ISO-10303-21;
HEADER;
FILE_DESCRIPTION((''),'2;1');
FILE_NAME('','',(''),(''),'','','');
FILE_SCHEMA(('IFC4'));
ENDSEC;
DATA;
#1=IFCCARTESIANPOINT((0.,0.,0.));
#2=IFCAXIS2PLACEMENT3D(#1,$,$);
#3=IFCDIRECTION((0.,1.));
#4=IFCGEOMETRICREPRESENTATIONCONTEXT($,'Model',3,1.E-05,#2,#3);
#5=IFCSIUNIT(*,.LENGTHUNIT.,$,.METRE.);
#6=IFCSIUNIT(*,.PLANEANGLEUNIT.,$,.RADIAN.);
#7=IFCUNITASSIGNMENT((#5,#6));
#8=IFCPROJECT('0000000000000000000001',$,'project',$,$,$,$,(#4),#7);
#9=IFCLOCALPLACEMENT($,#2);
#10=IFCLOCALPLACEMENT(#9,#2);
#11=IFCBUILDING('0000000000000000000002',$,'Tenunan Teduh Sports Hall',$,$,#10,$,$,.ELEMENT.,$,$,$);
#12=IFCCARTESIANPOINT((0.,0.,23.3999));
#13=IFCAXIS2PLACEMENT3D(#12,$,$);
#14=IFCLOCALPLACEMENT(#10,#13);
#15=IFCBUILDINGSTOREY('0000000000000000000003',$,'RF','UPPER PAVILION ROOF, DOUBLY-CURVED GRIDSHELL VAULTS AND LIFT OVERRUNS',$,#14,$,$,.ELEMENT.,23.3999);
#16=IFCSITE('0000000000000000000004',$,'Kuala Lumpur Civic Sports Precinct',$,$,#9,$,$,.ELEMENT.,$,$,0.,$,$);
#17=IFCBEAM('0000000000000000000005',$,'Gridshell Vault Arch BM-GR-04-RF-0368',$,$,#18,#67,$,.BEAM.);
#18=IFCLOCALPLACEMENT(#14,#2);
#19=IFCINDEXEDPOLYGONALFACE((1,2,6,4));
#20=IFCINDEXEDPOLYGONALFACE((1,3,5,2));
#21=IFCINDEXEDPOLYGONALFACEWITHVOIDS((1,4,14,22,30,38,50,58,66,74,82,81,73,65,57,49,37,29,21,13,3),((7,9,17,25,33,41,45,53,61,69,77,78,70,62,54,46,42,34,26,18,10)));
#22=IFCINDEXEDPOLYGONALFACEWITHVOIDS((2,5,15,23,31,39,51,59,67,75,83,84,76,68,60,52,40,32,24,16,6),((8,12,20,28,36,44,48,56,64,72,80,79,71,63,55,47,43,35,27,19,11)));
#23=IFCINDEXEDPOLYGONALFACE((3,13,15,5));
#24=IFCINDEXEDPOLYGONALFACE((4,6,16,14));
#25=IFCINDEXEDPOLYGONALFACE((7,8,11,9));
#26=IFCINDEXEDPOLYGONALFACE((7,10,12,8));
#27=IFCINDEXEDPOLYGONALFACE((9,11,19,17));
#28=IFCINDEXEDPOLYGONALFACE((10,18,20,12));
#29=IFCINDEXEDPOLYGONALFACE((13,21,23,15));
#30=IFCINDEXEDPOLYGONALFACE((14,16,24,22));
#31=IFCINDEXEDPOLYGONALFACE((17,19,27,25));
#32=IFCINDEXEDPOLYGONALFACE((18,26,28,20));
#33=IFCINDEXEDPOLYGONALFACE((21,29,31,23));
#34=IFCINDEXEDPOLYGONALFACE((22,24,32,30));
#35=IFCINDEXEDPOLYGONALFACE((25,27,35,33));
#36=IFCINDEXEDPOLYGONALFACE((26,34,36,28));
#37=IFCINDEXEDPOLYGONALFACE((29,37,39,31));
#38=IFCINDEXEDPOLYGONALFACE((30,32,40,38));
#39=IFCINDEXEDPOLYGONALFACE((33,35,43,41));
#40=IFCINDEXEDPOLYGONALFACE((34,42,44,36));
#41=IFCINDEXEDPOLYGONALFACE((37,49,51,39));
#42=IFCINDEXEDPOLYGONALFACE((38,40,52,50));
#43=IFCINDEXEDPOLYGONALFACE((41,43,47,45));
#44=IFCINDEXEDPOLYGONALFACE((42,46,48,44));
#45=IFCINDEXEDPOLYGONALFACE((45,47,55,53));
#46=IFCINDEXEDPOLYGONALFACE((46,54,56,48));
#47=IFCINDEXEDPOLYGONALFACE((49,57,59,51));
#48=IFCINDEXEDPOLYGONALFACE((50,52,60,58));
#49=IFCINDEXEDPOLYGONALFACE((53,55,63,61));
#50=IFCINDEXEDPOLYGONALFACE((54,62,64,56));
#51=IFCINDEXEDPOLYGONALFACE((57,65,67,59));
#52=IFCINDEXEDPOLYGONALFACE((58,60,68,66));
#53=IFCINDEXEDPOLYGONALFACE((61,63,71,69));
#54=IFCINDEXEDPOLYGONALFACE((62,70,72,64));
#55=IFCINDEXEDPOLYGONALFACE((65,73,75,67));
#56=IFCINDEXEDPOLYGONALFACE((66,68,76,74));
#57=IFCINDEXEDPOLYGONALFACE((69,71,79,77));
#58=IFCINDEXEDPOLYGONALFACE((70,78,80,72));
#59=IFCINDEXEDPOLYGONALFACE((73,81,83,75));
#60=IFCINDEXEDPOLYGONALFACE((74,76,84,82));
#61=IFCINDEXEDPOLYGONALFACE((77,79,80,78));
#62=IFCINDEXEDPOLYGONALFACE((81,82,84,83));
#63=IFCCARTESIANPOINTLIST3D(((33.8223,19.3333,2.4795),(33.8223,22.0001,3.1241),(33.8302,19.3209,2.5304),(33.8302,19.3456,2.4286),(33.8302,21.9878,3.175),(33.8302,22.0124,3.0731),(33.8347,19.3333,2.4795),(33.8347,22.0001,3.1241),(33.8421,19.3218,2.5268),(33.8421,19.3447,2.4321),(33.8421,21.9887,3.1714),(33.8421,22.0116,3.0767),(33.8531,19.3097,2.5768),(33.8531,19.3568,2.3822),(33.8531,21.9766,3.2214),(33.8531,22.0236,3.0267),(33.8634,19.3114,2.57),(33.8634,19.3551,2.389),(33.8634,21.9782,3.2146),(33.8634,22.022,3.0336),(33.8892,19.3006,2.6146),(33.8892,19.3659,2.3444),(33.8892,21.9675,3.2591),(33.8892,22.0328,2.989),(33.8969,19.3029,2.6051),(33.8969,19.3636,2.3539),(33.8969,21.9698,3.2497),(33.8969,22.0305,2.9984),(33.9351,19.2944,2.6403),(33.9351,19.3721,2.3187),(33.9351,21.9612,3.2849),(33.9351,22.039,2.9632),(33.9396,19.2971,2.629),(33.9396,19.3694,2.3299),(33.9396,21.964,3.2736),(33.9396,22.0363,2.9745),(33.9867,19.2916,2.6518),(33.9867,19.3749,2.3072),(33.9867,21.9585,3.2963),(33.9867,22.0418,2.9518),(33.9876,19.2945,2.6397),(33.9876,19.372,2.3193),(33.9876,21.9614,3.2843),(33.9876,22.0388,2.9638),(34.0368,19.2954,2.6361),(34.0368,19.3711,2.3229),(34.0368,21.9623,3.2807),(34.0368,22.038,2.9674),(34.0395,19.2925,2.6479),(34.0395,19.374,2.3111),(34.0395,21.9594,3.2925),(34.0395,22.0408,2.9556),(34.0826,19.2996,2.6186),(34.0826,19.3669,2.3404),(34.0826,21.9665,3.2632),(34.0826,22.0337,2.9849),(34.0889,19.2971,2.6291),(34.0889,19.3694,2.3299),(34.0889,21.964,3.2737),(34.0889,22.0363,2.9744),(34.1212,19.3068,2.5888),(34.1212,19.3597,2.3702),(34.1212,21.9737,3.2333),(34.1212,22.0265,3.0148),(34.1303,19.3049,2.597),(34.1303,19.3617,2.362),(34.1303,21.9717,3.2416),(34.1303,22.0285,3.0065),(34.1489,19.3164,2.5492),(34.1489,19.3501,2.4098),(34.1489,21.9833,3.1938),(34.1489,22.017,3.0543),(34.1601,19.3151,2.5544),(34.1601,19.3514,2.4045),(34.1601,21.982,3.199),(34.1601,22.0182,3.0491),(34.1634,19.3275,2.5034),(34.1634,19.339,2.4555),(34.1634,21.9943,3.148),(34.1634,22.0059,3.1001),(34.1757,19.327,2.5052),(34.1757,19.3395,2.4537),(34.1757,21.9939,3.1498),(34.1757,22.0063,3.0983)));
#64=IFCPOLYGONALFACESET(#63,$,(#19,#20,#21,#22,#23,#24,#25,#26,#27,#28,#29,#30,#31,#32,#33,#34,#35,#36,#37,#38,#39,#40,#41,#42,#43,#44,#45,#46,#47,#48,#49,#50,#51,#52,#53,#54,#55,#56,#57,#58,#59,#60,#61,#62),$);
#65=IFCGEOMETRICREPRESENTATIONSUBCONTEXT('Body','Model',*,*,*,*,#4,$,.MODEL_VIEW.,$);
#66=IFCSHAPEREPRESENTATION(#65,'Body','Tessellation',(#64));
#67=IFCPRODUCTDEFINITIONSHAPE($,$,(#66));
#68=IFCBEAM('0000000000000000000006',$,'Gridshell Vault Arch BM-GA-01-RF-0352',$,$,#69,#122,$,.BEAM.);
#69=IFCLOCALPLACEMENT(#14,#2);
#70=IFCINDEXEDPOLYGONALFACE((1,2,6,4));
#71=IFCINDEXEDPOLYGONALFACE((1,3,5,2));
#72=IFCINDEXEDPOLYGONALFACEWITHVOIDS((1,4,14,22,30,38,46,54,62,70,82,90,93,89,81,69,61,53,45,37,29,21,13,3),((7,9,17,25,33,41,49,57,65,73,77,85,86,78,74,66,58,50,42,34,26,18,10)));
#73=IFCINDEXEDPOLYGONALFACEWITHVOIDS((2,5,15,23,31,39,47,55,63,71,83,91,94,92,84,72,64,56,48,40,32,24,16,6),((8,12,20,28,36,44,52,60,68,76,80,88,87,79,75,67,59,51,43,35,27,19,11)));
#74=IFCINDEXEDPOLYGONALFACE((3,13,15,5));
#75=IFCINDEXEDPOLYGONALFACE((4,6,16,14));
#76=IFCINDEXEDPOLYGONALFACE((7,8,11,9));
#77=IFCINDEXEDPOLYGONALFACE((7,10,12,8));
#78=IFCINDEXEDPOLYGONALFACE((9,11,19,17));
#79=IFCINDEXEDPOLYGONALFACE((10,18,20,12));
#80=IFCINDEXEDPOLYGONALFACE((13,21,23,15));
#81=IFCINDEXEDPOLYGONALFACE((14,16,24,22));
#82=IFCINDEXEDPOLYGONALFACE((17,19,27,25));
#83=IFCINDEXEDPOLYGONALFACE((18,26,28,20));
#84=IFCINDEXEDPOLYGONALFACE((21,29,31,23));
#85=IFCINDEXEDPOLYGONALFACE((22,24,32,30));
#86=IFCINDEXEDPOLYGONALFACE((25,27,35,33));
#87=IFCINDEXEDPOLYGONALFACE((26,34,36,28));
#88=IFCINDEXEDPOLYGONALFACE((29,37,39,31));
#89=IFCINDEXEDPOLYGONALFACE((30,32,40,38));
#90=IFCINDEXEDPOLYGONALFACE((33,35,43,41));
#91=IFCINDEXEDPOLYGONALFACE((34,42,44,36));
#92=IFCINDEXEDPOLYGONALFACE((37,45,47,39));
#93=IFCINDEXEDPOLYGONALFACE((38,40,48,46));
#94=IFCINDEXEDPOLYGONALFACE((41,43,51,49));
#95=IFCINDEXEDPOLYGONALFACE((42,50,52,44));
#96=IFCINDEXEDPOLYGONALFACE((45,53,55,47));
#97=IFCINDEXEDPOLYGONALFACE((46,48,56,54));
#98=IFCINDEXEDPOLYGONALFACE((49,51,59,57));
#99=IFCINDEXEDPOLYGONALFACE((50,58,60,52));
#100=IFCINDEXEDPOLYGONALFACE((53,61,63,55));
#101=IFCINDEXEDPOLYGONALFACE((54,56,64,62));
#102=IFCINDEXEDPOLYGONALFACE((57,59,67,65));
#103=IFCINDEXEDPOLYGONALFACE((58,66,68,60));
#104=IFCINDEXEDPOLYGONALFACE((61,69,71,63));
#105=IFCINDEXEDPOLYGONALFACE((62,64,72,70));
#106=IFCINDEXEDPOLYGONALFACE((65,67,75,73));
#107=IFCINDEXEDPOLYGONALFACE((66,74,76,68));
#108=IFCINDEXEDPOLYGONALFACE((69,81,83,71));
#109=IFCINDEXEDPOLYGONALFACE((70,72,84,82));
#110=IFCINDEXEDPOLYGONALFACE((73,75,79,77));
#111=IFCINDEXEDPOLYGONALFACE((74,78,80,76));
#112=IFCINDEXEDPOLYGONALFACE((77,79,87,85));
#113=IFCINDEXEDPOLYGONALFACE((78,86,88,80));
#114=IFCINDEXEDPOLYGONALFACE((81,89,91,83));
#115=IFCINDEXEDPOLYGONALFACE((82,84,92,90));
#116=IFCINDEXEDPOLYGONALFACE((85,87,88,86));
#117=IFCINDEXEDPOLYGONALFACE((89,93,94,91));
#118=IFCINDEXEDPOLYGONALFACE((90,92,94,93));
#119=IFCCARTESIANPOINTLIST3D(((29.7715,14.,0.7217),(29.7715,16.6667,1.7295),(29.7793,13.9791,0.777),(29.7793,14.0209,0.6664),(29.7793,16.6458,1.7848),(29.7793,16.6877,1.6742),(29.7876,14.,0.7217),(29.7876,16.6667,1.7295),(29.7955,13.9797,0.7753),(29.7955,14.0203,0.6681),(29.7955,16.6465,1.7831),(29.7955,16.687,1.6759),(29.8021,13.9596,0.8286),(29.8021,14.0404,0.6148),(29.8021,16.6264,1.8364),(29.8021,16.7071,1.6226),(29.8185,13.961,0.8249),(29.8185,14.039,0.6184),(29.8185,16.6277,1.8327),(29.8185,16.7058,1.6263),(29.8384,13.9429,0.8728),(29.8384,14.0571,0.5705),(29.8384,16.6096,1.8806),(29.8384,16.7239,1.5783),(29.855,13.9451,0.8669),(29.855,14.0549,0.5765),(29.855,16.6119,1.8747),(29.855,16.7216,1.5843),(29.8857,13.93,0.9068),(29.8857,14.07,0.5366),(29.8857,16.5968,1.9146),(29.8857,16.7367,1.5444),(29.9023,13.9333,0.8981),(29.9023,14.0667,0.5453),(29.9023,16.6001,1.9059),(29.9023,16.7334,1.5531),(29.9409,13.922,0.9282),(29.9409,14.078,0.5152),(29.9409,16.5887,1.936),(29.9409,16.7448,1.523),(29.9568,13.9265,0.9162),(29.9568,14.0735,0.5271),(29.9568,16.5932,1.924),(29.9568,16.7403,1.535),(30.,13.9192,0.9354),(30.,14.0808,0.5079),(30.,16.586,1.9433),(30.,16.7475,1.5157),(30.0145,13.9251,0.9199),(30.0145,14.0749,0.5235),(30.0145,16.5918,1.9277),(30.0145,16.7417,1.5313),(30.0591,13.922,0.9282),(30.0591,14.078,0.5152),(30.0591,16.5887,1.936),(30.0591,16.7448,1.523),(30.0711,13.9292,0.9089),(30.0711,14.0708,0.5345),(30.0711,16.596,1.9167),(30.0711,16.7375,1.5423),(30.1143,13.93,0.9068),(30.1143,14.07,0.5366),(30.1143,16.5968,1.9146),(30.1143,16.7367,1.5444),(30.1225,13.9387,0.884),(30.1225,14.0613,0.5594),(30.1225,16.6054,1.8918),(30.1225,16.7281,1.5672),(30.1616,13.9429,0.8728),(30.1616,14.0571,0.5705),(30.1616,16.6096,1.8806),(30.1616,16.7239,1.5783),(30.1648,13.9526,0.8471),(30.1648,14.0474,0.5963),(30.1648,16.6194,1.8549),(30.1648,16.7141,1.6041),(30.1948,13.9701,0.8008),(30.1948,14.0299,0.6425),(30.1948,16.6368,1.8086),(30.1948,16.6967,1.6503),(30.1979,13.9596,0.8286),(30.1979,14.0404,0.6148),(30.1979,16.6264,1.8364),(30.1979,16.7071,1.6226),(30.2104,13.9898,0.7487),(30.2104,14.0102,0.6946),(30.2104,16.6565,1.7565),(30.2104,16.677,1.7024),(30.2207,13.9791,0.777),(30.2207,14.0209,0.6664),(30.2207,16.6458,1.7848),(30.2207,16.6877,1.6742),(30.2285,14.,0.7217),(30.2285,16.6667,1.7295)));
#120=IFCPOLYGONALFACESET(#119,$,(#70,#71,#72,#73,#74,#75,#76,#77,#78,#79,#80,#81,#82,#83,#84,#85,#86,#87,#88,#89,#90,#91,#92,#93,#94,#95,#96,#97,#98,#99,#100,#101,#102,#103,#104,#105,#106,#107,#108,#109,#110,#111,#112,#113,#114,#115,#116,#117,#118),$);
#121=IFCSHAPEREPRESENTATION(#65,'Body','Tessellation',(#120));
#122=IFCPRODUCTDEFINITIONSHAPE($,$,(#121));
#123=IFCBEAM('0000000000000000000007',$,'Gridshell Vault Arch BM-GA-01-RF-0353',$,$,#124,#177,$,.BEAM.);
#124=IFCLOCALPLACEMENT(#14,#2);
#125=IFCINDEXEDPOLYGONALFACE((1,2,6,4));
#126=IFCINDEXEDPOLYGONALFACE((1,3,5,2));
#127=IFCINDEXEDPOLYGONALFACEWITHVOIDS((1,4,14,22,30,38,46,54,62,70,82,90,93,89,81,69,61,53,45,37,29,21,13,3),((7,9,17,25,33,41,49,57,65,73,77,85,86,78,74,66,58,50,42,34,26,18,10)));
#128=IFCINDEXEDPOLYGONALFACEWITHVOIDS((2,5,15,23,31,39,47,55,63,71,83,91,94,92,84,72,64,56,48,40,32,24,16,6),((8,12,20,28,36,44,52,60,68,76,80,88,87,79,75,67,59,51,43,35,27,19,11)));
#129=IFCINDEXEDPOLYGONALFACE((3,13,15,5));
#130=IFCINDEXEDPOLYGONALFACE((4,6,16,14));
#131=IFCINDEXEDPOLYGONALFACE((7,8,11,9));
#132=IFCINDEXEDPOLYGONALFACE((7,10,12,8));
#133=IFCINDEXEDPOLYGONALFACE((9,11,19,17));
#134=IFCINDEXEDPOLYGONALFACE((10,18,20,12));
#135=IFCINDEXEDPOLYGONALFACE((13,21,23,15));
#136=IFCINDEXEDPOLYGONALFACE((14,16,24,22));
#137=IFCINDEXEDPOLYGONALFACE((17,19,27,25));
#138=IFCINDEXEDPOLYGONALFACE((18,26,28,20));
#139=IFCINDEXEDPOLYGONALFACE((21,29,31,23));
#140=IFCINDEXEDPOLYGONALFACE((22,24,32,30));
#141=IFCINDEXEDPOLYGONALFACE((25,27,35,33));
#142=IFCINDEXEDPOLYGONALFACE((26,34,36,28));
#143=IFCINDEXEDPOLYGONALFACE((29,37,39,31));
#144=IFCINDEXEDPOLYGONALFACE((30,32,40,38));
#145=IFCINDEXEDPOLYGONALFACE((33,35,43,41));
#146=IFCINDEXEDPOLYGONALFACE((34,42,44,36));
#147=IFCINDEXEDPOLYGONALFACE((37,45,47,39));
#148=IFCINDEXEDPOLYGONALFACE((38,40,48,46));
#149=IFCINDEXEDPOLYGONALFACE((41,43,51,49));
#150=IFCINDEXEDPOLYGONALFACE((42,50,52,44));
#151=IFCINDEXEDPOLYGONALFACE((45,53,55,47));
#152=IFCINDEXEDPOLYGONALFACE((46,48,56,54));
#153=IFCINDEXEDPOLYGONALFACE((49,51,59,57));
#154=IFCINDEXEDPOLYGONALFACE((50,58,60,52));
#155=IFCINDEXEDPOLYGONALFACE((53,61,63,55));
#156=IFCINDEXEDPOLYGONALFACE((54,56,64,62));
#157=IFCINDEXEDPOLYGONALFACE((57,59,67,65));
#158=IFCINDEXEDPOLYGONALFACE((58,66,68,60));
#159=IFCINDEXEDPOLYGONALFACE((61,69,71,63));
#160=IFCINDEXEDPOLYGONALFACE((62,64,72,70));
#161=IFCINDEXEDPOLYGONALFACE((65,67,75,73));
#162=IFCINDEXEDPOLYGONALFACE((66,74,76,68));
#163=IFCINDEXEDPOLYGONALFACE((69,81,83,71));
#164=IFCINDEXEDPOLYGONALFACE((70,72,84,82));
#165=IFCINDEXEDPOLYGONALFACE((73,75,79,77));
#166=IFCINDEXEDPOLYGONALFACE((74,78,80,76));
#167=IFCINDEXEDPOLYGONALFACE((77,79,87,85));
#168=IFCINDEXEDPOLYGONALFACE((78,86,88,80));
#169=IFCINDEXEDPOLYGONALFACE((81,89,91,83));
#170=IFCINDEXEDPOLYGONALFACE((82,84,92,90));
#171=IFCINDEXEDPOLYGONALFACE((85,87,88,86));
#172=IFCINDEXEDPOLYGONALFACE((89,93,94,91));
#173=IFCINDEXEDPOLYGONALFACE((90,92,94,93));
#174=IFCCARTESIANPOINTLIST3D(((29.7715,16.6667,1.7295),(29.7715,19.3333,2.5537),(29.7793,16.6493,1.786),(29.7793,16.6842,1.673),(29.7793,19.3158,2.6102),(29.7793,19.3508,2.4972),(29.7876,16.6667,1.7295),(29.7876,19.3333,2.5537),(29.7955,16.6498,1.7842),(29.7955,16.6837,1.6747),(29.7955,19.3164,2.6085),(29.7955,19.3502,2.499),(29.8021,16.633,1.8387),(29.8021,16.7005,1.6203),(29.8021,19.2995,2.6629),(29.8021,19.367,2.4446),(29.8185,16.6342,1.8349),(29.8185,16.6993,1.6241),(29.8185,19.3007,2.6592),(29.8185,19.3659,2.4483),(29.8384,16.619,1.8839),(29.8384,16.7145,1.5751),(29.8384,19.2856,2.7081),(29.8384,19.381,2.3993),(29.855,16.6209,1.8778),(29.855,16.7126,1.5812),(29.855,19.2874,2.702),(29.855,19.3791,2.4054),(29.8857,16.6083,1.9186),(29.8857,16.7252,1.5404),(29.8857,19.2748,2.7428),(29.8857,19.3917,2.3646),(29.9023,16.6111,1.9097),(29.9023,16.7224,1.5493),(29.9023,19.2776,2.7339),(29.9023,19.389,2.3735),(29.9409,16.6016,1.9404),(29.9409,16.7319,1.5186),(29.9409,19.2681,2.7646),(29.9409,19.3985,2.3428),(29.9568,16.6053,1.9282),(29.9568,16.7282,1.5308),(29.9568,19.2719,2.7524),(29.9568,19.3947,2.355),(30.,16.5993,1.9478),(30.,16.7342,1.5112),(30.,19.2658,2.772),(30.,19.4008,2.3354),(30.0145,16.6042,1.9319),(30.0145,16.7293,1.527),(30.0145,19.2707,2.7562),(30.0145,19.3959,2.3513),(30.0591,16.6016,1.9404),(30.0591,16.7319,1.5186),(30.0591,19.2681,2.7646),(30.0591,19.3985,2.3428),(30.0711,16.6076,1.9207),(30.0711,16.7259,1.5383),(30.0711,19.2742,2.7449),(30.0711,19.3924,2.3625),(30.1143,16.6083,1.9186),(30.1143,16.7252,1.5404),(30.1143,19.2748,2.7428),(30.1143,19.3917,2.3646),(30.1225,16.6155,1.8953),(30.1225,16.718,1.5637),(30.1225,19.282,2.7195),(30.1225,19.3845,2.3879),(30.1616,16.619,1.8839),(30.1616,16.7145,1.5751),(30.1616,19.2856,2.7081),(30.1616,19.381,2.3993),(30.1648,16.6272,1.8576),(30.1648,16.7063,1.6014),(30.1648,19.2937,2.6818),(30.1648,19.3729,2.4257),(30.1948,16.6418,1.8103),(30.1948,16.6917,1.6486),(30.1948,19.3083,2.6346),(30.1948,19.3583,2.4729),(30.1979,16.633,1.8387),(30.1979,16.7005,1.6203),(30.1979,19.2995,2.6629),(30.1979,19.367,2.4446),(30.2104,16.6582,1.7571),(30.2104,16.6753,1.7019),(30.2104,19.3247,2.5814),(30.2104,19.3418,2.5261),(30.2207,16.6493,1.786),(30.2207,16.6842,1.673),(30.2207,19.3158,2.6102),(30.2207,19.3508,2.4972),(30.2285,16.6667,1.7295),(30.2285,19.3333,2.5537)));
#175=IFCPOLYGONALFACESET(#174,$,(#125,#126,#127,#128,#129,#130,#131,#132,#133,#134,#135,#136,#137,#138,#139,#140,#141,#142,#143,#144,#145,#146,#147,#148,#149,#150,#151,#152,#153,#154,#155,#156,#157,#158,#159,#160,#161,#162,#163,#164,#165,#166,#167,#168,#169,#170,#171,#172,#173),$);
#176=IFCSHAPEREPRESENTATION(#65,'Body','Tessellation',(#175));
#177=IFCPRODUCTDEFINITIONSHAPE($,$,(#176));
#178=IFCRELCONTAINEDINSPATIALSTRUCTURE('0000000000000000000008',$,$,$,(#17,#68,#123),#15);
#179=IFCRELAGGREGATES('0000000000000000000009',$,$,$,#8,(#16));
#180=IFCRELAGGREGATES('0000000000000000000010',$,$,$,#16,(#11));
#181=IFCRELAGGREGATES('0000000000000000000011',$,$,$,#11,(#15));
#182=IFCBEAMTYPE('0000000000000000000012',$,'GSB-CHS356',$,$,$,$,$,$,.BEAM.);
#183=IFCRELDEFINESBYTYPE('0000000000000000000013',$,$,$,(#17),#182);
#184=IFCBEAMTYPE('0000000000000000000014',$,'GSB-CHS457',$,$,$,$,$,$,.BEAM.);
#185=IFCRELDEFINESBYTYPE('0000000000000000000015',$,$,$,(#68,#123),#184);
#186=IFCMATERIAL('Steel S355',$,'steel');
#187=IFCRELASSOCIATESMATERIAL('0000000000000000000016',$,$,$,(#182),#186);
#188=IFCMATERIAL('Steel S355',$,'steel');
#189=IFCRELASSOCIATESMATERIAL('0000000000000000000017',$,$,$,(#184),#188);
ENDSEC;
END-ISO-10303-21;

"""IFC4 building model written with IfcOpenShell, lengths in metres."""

from ifc_helpers import new_model, si_unit, direction, frame, origin, origin_2d, place, context, subcontext, project, spatial, hollow_circle, extrude, material, material_profile, profile_set, type_object, element, save


model = new_model("IFC4")

# Units and contexts
model_context = context("Model", 3, precision=1e-05, world=origin(), true_north=direction((0.0, 1.0)))
body_context = subcontext(model_context, "Body", "Model", "MODEL_VIEW")
ifc_project = project(units=[si_unit("LENGTHUNIT", "METRE"), si_unit("PLANEANGLEUNIT", "RADIAN")], contexts=[model_context])

# Site, building, storey
site_placement = place(None, origin())
site = spatial("IfcSite", under=ifc_project, at=site_placement, Name="Kuala Lumpur Civic Sports Precinct", CompositionType="ELEMENT", RefElevation=0.0)
building_placement = place(site_placement, origin())
building = spatial("IfcBuilding", under=site, at=building_placement, Name="Tenunan Teduh Sports Hall", CompositionType="ELEMENT")
storey_placement = place(building_placement, frame((0.0, 0.0, 23.3999)))
storey = spatial("IfcBuildingStorey", under=building, at=storey_placement, Name="RF", Description="UPPER PAVILION ROOF, DOUBLY-CURVED GRIDSHELL VAULTS AND LIFT OVERRUNS", CompositionType="ELEMENT", Elevation=23.3999)

# Beams
ifc_material_1 = material(Name="Steel S355", Category="steel")
ifc_material_profile_1 = material_profile(ifc_material_1, hollow_circle(Radius=0.1777, WallThickness=0.0125, at=origin_2d()), Name="CHS 355.6x12.5")
ifc_profile_set_1 = profile_set([ifc_material_profile_1], Name="Steel S355")
beam_type_1 = type_object("IfcBeamType", Name="GSB-CHS356", PredefinedType="BEAM", material=ifc_profile_set_1)
beam_1_placement = place(storey_placement, frame((34.0, 19.3333, 2.4795), z_axis=(0.0, 0.972013, 0.234928), x_axis=(-1.0, 0.0, 0.0)))
element("IfcBeam", 1, at=beam_1_placement, inside=storey, type_object=beam_type_1, Name="Gridshell Vault Arch BM-GR-04-RF-0368", PredefinedType="BEAM", context=body_context, shape_type="SweptSolid", body=[
    extrude(hollow_circle(Radius=0.1777, WallThickness=0.0125, at=origin_2d()), origin(), (0.0, 0.0, 1.0), 2.7437),
])
ifc_material_2 = material(Name="Steel S355", Category="steel")
ifc_material_profile_2 = material_profile(ifc_material_2, hollow_circle(Radius=0.2285, WallThickness=0.0161, at=origin_2d()), Name="CHS 457.0x16.0")
ifc_profile_set_2 = profile_set([ifc_material_profile_2], Name="Steel S355")
beam_type_2 = type_object("IfcBeamType", Name="GSB-CHS457", PredefinedType="BEAM", material=ifc_profile_set_2)
beam_2_placement = place(storey_placement, frame((30.0, 14.0, 0.7217), z_axis=(0.0, 0.935429, 0.353515), x_axis=(-1.0, 0.0, 0.0)))
element("IfcBeam", 2, at=beam_2_placement, inside=storey, type_object=beam_type_2, Name="Gridshell Vault Arch BM-GA-01-RF-0352", PredefinedType="BEAM", context=body_context, shape_type="SweptSolid", body=[
    extrude(hollow_circle(Radius=0.2285, WallThickness=0.0161, at=origin_2d()), origin(), (0.0, 0.0, 1.0), 2.8508),
])
beam_3_placement = place(storey_placement, frame((30.0, 16.6667, 1.7295), z_axis=(0.0, 0.9554, 0.295315), x_axis=(-1.0, 0.0, 0.0)))
element("IfcBeam", 3, at=beam_3_placement, inside=storey, type_object=beam_type_2, Name="Gridshell Vault Arch BM-GA-01-RF-0353", PredefinedType="BEAM", context=body_context, shape_type="SweptSolid", body=[
    extrude(hollow_circle(Radius=0.2285, WallThickness=0.0161, at=origin_2d()), origin(), (0.0, 0.0, 1.0), 2.791),
])

save(model, "model.ifc")
